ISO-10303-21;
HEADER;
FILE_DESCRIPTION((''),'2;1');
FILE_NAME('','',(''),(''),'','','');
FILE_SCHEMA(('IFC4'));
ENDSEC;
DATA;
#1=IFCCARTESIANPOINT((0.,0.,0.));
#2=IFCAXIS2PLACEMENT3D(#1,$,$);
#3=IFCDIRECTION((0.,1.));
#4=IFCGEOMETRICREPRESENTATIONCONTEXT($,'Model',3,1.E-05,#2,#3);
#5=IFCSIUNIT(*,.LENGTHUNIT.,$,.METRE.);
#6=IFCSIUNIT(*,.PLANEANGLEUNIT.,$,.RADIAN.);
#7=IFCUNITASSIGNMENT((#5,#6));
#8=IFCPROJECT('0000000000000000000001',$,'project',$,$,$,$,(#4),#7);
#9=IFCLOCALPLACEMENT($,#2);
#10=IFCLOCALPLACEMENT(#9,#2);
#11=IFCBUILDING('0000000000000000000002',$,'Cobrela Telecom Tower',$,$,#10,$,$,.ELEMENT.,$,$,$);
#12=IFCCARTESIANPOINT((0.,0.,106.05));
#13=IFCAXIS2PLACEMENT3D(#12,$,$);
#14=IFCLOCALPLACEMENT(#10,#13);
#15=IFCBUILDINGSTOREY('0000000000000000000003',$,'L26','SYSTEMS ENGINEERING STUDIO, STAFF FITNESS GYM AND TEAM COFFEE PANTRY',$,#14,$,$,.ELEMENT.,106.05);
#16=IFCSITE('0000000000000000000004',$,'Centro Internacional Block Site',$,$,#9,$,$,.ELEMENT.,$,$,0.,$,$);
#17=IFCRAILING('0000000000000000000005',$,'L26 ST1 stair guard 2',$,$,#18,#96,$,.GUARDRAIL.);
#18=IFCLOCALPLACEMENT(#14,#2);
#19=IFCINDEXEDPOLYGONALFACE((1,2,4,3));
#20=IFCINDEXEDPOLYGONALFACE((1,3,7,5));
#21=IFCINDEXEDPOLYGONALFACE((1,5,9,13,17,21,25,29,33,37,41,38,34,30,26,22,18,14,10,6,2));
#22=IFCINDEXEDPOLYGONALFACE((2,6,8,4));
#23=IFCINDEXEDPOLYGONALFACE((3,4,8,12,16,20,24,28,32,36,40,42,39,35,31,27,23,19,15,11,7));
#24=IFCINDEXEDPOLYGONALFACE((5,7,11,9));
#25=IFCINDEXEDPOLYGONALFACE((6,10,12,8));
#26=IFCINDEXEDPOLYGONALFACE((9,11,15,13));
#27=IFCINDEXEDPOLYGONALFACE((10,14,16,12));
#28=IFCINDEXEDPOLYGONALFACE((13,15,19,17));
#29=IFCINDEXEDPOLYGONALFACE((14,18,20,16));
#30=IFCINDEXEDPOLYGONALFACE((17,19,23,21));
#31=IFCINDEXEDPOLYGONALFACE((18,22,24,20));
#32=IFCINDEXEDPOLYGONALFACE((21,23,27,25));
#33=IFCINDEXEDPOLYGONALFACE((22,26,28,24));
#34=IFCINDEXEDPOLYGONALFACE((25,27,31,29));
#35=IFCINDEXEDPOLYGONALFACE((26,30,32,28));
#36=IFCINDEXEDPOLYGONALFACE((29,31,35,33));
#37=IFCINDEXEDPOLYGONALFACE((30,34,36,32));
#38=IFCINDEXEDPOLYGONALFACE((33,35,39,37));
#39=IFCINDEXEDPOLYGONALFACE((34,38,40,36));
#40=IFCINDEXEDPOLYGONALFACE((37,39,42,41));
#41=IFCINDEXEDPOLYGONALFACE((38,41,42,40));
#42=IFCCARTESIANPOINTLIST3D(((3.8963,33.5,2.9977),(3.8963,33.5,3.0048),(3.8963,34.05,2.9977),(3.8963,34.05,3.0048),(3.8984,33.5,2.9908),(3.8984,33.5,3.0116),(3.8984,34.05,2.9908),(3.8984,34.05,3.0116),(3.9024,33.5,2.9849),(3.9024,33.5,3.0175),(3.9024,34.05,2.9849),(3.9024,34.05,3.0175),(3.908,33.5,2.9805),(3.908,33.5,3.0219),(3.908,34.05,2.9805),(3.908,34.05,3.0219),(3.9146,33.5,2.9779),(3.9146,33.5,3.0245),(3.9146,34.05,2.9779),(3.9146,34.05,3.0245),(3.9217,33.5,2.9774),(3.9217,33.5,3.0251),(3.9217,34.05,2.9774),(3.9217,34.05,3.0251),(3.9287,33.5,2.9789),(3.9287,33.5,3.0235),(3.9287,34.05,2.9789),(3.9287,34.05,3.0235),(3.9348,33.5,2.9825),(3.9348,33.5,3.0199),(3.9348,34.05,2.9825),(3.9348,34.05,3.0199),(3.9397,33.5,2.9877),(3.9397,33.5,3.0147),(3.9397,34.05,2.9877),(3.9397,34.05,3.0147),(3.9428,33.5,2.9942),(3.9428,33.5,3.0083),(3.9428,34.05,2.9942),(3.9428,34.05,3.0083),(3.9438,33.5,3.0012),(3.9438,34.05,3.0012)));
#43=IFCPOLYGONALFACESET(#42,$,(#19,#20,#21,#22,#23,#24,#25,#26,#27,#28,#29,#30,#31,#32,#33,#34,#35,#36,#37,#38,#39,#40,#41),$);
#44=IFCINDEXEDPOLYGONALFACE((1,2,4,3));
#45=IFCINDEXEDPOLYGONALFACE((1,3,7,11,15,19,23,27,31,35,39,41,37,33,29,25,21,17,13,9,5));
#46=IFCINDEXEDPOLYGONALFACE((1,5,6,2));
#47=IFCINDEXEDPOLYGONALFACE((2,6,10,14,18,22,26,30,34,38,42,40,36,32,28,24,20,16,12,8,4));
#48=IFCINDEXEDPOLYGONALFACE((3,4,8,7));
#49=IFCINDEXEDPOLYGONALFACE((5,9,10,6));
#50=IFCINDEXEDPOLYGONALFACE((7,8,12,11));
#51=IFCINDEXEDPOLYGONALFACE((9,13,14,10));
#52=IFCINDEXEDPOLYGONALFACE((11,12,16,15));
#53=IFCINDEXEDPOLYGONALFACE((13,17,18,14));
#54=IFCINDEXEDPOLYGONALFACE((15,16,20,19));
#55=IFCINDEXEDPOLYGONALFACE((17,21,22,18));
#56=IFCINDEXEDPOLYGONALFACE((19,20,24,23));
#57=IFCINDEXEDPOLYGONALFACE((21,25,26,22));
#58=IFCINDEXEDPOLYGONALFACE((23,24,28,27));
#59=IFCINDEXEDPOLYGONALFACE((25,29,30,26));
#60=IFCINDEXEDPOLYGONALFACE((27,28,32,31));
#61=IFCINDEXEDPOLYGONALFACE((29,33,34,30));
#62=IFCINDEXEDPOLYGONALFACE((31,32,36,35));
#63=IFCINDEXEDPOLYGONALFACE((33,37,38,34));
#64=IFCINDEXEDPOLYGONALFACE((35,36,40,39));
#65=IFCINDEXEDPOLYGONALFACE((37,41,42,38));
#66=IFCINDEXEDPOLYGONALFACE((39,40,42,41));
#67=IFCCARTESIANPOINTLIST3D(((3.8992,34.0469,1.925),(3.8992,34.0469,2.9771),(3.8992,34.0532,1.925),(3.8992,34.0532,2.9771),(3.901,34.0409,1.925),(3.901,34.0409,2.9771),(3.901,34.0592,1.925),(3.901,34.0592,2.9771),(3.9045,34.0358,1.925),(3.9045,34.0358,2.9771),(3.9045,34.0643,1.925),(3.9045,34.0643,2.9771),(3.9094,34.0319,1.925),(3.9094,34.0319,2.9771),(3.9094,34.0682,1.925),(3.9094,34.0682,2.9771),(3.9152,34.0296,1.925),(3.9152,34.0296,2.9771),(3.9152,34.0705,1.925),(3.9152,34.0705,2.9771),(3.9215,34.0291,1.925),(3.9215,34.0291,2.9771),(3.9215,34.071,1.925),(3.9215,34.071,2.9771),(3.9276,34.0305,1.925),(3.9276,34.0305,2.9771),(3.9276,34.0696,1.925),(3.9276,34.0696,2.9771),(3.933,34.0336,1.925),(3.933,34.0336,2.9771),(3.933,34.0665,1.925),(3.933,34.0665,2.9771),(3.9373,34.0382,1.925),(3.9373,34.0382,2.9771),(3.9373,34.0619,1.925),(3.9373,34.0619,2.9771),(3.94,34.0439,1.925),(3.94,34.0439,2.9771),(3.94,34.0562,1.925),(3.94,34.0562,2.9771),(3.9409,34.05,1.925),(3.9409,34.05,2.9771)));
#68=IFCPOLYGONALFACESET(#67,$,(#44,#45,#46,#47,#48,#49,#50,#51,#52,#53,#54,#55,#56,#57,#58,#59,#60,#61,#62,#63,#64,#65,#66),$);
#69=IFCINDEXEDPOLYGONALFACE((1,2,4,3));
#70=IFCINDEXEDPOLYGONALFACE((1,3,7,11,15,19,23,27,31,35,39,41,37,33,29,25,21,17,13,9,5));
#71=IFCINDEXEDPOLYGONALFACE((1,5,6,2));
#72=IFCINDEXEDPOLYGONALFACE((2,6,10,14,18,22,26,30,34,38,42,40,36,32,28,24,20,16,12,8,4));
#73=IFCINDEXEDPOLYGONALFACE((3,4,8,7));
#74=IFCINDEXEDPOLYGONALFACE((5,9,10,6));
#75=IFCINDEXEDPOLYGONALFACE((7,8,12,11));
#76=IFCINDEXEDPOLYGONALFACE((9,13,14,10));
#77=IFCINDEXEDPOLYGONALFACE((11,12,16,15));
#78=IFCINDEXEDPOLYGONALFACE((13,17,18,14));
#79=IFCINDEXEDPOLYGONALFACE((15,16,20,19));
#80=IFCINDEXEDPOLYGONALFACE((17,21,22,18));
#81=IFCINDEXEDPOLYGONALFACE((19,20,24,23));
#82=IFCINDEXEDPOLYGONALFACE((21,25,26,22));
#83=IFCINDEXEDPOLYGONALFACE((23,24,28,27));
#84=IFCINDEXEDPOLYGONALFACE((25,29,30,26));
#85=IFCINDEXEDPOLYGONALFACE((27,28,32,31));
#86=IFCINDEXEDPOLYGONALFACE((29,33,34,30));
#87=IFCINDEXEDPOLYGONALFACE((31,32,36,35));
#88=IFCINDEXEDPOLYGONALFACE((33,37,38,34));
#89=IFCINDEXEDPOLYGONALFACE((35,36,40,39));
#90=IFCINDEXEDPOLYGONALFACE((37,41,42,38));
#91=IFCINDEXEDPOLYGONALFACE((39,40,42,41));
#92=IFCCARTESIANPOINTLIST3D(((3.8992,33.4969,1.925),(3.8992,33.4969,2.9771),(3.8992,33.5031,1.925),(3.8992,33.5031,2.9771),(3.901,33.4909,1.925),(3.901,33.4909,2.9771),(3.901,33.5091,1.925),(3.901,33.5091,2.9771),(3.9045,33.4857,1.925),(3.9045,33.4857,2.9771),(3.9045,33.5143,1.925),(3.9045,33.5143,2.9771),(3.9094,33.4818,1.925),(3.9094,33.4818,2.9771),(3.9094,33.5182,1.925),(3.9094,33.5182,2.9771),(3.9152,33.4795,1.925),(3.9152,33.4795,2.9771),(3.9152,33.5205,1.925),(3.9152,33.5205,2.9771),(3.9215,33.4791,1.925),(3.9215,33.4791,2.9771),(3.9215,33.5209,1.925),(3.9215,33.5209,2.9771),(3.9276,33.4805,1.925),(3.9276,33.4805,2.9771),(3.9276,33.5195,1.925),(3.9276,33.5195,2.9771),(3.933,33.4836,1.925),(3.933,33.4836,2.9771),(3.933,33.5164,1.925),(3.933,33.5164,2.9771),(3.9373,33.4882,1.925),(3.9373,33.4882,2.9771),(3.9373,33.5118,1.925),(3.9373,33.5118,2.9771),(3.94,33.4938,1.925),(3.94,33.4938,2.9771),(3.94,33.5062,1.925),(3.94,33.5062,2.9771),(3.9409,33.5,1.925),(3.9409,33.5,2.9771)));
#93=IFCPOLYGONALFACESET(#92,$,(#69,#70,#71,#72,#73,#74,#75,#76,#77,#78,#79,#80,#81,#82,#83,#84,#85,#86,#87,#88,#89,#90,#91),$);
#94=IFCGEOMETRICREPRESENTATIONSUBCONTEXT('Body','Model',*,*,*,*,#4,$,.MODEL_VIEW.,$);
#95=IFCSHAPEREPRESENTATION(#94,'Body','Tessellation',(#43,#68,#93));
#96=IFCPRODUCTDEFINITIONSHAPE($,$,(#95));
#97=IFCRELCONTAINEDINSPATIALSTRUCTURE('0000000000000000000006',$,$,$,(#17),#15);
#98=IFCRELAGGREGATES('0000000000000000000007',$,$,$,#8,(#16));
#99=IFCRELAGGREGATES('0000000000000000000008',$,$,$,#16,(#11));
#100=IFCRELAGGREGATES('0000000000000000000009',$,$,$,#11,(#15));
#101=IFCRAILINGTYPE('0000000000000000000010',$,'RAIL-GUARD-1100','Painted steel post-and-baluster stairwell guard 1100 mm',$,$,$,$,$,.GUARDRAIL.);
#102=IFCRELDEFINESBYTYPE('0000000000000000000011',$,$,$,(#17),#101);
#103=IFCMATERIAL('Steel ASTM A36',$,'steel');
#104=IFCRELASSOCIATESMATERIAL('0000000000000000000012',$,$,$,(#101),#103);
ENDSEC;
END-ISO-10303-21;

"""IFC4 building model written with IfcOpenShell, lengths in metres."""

from ifc_helpers import new_model, si_unit, direction, frame, origin, origin_2d, place, context, subcontext, project, spatial, circle, extrude, material, type_object, element, save


model = new_model("IFC4")

# Units and contexts
model_context = context("Model", 3, precision=1e-05, world=origin(), true_north=direction((0.0, 1.0)))
body_context = subcontext(model_context, "Body", "Model", "MODEL_VIEW")
ifc_project = project(units=[si_unit("LENGTHUNIT", "METRE"), si_unit("PLANEANGLEUNIT", "RADIAN")], contexts=[model_context])

# Site, building, storey
site_placement = place(None, origin())
site = spatial("IfcSite", under=ifc_project, at=site_placement, Name="Centro Internacional Block Site", CompositionType="ELEMENT", RefElevation=0.0)
building_placement = place(site_placement, origin())
building = spatial("IfcBuilding", under=site, at=building_placement, Name="Cobrela Telecom Tower", CompositionType="ELEMENT")
storey_placement = place(building_placement, frame((0.0, 0.0, 106.05)))
storey = spatial("IfcBuildingStorey", under=building, at=storey_placement, Name="L26", Description="SYSTEMS ENGINEERING STUDIO, STAFF FITNESS GYM AND TEAM COFFEE PANTRY", CompositionType="ELEMENT", Elevation=106.05)

# Shared definitions
ifc_material_1 = material(Name="Steel ASTM A36", Category="steel")

# Railing
railing_type_1 = type_object("IfcRailingType", Name="RAIL-GUARD-1100", Description="Painted steel post-and-baluster stairwell guard 1100 mm", PredefinedType="GUARDRAIL", material=ifc_material_1)
railing_1_placement = place(storey_placement, frame((3.9199, 34.05, 1.925)))
element("IfcRailing", 1, at=railing_1_placement, inside=storey, type_object=railing_type_1, Name="L26 ST1 stair guard 2", PredefinedType="GUARDRAIL", context=body_context, shape_type="SweptSolid", body=[
    extrude(circle(Radius=0.0239, at=origin_2d()), frame((0.0, 0.0, 1.0762), z_axis=(0.0, -1.0, 0.0), x_axis=(1.0, 0.0, 0.0)), (0.0, 0.0, 1.0), 0.55),
    extrude(circle(Radius=0.021, at=origin_2d()), origin(), (0.0, 0.0, 1.0), 1.052),
    extrude(circle(Radius=0.021, at=origin_2d()), frame((0.0, -0.55, 0.0)), (0.0, 0.0, 1.0), 1.052),
])

save(model, "model.ifc")
